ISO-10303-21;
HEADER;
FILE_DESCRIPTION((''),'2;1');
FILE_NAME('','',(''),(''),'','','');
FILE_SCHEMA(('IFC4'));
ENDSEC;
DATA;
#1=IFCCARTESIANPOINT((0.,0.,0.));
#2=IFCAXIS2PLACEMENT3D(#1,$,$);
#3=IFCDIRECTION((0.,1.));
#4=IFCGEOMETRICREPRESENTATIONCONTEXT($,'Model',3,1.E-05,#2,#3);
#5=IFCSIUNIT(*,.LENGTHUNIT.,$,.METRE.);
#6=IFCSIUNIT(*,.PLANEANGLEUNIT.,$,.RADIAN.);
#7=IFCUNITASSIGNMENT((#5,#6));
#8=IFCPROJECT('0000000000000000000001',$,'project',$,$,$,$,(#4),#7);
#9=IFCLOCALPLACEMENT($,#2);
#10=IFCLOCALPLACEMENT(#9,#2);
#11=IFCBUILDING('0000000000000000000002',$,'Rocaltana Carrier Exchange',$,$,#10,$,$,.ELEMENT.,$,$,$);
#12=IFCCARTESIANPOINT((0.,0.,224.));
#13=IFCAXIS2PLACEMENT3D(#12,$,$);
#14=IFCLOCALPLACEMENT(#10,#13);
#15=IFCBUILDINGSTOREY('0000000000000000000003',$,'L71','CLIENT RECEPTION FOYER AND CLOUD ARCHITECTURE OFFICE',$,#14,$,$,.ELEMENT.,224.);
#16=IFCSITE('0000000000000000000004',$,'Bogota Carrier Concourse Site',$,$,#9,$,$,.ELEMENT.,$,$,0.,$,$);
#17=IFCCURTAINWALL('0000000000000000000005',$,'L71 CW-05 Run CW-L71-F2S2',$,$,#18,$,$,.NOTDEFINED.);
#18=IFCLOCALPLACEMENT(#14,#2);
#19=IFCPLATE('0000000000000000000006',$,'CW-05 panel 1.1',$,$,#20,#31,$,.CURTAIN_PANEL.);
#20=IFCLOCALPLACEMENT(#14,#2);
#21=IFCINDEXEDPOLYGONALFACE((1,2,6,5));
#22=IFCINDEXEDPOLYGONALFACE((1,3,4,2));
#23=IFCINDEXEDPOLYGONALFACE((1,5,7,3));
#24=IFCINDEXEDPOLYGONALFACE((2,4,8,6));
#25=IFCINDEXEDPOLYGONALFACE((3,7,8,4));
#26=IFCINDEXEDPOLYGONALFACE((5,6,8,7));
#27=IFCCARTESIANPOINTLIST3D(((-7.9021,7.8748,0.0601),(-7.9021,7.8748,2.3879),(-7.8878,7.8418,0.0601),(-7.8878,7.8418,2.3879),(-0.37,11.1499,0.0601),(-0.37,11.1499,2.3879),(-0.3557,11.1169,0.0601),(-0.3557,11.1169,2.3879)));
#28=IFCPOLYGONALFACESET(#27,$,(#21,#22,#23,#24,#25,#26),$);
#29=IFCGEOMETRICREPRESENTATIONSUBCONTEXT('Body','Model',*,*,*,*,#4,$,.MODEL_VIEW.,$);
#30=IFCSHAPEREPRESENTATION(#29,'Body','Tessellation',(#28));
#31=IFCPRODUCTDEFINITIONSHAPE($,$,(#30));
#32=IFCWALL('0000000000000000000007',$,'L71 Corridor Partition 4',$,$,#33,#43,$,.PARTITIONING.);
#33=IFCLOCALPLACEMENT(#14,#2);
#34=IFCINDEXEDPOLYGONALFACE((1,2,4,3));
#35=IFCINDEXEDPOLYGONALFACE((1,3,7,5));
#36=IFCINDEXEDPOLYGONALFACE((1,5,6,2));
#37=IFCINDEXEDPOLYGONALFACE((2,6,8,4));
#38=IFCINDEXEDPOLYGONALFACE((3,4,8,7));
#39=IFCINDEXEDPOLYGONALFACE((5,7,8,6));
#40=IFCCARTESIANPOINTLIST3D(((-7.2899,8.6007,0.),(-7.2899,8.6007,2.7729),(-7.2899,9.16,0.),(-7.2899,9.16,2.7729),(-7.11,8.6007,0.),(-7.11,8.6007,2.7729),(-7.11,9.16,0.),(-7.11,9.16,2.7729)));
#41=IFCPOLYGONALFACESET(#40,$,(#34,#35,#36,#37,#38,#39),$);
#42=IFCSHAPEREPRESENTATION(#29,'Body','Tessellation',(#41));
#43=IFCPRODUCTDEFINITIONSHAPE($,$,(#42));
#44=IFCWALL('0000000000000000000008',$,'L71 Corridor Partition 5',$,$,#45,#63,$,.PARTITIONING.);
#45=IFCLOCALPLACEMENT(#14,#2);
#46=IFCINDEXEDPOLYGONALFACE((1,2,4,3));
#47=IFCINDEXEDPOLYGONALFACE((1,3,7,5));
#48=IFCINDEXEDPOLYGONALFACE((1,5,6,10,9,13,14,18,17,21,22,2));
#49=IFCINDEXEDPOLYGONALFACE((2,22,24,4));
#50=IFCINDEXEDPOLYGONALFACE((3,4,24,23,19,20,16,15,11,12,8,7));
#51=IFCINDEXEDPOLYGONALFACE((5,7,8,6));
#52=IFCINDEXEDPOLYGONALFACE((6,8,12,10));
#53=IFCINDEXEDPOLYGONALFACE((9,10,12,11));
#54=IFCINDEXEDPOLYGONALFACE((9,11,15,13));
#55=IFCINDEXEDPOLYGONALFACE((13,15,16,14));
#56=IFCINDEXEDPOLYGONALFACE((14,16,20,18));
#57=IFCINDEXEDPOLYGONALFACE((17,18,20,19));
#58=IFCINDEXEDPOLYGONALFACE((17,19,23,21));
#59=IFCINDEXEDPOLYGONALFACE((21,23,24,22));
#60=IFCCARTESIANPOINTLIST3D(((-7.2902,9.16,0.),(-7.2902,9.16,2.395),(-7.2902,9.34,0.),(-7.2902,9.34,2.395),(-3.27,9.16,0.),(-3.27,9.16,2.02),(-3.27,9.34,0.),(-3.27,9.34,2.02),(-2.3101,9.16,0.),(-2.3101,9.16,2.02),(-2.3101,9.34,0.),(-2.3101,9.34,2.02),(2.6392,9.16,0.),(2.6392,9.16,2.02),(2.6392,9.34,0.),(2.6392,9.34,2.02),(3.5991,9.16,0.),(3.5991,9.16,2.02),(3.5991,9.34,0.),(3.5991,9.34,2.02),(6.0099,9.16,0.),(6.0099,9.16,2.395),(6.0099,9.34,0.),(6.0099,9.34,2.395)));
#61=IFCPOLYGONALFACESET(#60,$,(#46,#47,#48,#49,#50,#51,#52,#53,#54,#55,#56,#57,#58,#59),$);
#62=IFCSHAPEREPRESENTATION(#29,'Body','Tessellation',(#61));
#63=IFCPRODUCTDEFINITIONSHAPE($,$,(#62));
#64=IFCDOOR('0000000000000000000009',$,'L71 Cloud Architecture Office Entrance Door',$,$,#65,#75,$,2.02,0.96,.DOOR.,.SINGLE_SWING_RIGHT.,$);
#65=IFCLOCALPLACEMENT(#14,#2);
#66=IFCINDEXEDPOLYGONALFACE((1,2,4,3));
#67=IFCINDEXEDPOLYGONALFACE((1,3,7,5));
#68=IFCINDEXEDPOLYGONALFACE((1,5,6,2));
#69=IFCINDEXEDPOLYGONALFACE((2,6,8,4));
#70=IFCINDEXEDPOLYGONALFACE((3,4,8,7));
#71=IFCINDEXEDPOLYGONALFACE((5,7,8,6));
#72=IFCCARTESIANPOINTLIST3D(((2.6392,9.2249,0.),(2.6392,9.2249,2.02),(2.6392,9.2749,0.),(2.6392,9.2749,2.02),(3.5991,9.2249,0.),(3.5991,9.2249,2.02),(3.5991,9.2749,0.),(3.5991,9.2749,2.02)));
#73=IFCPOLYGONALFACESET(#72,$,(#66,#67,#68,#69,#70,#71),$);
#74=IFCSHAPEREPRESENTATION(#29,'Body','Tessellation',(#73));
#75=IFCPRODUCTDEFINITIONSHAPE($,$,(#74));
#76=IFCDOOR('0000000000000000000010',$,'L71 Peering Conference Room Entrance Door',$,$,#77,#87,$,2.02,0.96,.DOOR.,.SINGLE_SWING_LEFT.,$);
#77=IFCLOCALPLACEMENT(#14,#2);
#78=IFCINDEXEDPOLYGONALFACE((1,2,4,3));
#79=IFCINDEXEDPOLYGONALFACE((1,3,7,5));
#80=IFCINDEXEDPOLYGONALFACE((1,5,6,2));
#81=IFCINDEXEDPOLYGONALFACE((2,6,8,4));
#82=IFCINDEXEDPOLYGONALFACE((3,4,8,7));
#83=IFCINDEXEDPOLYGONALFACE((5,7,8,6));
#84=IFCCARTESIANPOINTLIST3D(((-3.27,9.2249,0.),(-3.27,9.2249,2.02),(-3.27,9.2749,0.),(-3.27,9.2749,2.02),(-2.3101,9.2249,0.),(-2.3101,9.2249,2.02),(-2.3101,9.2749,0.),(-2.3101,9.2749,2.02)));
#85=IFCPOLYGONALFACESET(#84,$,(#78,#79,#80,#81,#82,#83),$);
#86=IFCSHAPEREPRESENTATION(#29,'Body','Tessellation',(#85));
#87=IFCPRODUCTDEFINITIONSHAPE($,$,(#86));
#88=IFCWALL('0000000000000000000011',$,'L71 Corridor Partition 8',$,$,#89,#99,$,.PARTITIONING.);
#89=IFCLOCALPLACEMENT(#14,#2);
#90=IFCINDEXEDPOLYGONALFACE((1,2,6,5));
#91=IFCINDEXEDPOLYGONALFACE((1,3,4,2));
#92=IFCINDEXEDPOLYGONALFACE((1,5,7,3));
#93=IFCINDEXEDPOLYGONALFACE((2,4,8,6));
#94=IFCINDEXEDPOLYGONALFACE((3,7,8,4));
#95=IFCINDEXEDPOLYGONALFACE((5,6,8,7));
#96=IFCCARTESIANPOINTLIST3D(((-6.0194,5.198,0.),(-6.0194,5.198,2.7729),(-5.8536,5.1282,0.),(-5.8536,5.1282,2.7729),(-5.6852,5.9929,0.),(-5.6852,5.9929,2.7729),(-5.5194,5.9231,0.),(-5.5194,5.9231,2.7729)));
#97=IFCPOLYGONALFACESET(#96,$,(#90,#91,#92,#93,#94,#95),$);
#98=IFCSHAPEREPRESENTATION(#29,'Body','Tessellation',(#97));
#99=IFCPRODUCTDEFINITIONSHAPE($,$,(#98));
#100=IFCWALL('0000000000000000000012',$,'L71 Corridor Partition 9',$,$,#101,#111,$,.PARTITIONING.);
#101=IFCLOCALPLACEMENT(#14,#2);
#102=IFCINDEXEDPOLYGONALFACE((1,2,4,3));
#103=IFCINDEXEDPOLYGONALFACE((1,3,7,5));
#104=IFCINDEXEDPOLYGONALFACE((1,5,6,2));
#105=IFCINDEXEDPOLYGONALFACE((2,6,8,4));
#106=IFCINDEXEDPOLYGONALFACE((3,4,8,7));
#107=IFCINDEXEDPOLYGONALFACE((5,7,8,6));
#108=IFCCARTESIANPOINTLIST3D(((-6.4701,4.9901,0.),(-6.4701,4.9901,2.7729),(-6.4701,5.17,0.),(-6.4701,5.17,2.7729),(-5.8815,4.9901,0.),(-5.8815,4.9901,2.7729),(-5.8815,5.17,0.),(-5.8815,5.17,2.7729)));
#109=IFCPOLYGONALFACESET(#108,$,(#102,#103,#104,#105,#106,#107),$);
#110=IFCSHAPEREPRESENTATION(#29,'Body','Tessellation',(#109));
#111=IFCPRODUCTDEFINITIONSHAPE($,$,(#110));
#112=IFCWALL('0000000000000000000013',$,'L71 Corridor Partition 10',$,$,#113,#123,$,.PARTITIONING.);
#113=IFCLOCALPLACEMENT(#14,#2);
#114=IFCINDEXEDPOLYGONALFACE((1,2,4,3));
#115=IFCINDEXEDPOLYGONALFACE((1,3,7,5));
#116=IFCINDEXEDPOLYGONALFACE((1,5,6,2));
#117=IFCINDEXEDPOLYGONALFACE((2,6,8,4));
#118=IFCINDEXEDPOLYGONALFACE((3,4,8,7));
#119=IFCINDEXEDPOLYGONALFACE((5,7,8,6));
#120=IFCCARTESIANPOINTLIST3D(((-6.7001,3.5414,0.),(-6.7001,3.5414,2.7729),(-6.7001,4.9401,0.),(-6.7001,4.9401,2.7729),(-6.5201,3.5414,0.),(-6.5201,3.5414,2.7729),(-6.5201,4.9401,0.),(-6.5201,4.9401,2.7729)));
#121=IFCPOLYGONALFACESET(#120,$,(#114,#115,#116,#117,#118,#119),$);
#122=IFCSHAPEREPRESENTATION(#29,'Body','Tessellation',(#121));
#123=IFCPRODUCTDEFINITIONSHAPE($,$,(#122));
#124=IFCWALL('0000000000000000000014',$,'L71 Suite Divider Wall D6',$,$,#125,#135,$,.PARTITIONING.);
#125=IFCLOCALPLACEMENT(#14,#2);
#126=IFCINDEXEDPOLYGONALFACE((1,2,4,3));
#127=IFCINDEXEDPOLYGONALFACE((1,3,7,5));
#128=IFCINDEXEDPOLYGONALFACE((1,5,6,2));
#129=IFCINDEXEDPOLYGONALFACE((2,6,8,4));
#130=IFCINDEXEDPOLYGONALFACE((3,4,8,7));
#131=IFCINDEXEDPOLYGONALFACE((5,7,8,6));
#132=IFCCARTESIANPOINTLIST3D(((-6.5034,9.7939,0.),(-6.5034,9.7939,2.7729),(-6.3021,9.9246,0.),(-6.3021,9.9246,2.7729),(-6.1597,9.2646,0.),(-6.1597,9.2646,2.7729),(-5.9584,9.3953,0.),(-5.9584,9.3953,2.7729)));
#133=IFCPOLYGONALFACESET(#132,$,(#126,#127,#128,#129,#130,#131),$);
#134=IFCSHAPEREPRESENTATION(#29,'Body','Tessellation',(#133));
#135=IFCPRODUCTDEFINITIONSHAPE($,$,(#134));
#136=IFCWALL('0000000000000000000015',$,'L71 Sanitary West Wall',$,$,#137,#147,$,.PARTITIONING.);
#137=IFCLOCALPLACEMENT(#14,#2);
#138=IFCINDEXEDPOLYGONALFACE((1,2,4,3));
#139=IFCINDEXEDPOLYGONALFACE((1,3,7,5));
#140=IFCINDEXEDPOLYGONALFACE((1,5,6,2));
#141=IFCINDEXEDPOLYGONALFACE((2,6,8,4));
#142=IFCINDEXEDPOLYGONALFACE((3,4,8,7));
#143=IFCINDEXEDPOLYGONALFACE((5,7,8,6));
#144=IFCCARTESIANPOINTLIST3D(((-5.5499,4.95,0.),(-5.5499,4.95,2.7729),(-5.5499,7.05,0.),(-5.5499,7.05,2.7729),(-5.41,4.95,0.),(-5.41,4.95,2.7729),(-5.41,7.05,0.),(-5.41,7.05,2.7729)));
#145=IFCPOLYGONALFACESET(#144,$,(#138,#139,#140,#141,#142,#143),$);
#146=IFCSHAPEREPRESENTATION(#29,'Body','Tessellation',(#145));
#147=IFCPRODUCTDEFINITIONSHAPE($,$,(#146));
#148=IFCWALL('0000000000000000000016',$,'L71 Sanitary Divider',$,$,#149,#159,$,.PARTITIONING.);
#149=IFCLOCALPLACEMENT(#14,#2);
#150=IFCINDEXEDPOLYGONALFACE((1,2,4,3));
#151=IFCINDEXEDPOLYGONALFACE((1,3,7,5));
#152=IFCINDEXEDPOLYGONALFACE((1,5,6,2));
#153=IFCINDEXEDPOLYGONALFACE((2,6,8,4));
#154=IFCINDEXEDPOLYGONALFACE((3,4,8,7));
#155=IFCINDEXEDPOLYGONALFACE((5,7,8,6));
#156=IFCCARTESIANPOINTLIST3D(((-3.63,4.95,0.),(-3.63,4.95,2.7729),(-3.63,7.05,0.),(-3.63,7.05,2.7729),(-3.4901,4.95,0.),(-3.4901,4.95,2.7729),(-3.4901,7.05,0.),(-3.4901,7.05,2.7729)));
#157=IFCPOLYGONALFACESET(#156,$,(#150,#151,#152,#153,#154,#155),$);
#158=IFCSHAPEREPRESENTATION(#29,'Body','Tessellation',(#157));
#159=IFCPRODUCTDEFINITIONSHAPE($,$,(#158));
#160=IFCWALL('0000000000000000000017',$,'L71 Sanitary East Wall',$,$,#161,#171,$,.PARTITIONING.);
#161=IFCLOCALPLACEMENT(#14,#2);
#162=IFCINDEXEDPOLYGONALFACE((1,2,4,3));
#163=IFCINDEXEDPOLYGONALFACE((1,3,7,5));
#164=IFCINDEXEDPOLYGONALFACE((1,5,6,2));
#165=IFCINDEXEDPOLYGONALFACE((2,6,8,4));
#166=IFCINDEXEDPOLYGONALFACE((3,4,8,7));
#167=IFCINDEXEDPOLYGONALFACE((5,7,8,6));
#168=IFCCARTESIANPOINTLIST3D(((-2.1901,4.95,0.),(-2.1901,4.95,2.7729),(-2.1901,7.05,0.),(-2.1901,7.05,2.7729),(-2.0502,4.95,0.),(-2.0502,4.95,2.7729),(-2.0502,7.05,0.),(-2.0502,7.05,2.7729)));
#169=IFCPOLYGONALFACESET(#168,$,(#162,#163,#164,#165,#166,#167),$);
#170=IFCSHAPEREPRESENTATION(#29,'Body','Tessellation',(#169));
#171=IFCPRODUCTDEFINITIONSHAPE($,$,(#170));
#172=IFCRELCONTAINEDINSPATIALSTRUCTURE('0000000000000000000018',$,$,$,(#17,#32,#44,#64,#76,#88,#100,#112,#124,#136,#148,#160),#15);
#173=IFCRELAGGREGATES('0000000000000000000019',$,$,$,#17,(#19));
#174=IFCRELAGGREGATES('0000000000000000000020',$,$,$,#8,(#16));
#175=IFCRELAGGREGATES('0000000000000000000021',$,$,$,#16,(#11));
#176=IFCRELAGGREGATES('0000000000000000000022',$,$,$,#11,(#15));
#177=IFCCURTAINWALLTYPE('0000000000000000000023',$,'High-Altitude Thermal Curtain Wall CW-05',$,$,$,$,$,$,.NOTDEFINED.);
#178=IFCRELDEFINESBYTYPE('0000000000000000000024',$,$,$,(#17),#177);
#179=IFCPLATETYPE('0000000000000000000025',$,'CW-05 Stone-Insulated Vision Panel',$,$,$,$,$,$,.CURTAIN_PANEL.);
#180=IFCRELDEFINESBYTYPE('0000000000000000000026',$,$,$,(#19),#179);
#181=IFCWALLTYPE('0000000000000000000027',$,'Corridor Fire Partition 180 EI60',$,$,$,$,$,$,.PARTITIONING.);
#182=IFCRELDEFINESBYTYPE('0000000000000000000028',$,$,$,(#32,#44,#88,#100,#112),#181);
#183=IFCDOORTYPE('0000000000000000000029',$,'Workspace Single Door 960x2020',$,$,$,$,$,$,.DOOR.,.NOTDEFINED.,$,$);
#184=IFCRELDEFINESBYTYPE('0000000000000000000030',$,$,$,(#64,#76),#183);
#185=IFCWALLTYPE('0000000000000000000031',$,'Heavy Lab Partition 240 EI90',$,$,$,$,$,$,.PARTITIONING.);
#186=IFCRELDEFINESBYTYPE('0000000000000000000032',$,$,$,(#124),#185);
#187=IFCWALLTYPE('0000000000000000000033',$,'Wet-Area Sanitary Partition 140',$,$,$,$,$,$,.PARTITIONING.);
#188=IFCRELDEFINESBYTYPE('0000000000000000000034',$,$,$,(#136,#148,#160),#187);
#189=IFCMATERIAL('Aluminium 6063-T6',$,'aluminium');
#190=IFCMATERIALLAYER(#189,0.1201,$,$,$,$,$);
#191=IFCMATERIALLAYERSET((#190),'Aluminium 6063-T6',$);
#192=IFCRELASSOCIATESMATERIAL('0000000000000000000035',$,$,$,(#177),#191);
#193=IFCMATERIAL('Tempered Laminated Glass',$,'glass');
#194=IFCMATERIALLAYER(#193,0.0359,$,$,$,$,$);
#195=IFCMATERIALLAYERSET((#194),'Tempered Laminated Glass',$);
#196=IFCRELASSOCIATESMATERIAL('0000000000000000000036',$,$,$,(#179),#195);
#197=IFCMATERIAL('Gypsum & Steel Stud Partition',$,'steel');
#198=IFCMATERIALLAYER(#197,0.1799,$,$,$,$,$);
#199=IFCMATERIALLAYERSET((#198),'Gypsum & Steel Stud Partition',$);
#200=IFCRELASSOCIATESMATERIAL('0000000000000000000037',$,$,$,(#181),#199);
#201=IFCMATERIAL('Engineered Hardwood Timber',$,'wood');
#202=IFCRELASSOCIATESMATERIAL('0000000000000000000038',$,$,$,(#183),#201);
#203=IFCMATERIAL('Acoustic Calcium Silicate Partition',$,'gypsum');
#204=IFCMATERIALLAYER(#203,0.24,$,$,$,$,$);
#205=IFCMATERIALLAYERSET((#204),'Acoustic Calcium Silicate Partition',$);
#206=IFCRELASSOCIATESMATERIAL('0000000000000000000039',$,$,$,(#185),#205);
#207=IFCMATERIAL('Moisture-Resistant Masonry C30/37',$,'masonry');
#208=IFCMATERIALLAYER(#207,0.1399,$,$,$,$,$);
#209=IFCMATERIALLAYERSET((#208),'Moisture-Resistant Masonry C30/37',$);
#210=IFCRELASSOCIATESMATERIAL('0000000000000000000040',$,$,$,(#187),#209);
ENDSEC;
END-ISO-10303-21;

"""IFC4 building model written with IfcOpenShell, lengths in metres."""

from ifc_helpers import new_model, si_unit, direction, frame, frame_2d, origin, origin_2d, place, context, subcontext, project, spatial, rectangle, extrude, material, layer, layer_set, type_object, element, fill, aggregate, save


model = new_model("IFC4")

# Units and contexts
model_context = context("Model", 3, precision=1e-05, world=origin(), true_north=direction((0.0, 1.0)))
body_context = subcontext(model_context, "Body", "Model", "MODEL_VIEW")
ifc_project = project(units=[si_unit("LENGTHUNIT", "METRE"), si_unit("PLANEANGLEUNIT", "RADIAN")], contexts=[model_context])

# Site, building, storey
site_placement = place(None, origin())
site = spatial("IfcSite", under=ifc_project, at=site_placement, Name="Bogota Carrier Concourse Site", CompositionType="ELEMENT", RefElevation=0.0)
building_placement = place(site_placement, origin())
building = spatial("IfcBuilding", under=site, at=building_placement, Name="Rocaltana Carrier Exchange", CompositionType="ELEMENT")
storey_placement = place(building_placement, frame((0.0, 0.0, 224.0)))
storey = spatial("IfcBuildingStorey", under=building, at=storey_placement, Name="L71", Description="CLIENT RECEPTION FOYER AND CLOUD ARCHITECTURE OFFICE", CompositionType="ELEMENT", Elevation=224.0)

# Curtain wall, plate
ifc_material_1 = material(Name="Aluminium 6063-T6", Category="aluminium")
ifc_layer_1 = layer(ifc_material_1, 0.1201)
ifc_layer_set_1 = layer_set([ifc_layer_1], Name="Aluminium 6063-T6")
curtain_wall_type = type_object("IfcCurtainWallType", Name="High-Altitude Thermal Curtain Wall CW-05", PredefinedType="NOTDEFINED", material=ifc_layer_set_1)
curtain_wall_placement = place(storey_placement, origin())
curtain_wall = element("IfcCurtainWall", 1, at=curtain_wall_placement, inside=storey, type_object=curtain_wall_type, Name="L71 CW-05 Run CW-L71-F2S2", PredefinedType="NOTDEFINED")
ifc_material_2 = material(Name="Tempered Laminated Glass", Category="glass")
ifc_layer_2 = layer(ifc_material_2, 0.0359)
ifc_layer_set_2 = layer_set([ifc_layer_2], Name="Tempered Laminated Glass")
plate_type = type_object("IfcPlateType", Name="CW-05 Stone-Insulated Vision Panel", PredefinedType="CURTAIN_PANEL", material=ifc_layer_set_2)
plate_placement = place(storey_placement, frame((-4.1289, 9.4958, 0.0601), z_axis=(0.0, 0.0, 1.0), x_axis=(-0.917059, -0.398752, 0.0)))
plate = element("IfcPlate", 2, at=plate_placement, type_object=plate_type, Name="CW-05 panel 1.1", PredefinedType="CURTAIN_PANEL", context=body_context, shape_type="SweptSolid", body=[
    extrude(rectangle(XDim=8.2134, YDim=0.0359, at=origin_2d()), origin(), (0.0, 0.0, 1.0), 2.3279),
])
aggregate(curtain_wall, [plate])

# Wall
ifc_material_3 = material(Name="Gypsum & Steel Stud Partition", Category="steel")
ifc_layer_3 = layer(ifc_material_3, 0.1799)
ifc_layer_set_3 = layer_set([ifc_layer_3], Name="Gypsum & Steel Stud Partition")
wall_type_1 = type_object("IfcWallType", Name="Corridor Fire Partition 180 EI60", PredefinedType="PARTITIONING", material=ifc_layer_set_3)
wall_1_placement = place(storey_placement, frame((-7.2, 8.6006, 0.0), z_axis=(0.0, 0.0, 1.0), x_axis=(0.0, 1.0, 0.0)))
element("IfcWall", 3, at=wall_1_placement, inside=storey, type_object=wall_type_1, Name="L71 Corridor Partition 4", PredefinedType="PARTITIONING", context=body_context, shape_type="SweptSolid", body=[
    extrude(rectangle(XDim=0.5593, YDim=0.1799, at=frame_2d((0.2798, 0.0))), origin(), (0.0, 0.0, 1.0), 2.7729),
])

# Wall, openings, doors
wall_2_placement = place(storey_placement, frame((-7.29, 9.25, 0.0), z_axis=(0.0, 0.0, 1.0), x_axis=(1.0, 0.0, 0.0)))
wall_2 = element("IfcWall", 4, at=wall_2_placement, inside=storey, type_object=wall_type_1, Name="L71 Corridor Partition 5", PredefinedType="PARTITIONING", context=body_context, shape_type="SweptSolid", body=[
    extrude(rectangle(XDim=13.3, YDim=0.1799, at=frame_2d((6.6499, 0.0))), origin(), (0.0, 0.0, 1.0), 2.395),
])
opening_1_placement = place(wall_2_placement, frame((9.9292, 0.0, 0.0)))
opening_1 = element("IfcOpeningElement", 5, at=opening_1_placement, cuts=wall_2, PredefinedType="OPENING", context=body_context, shape_type="SweptSolid", body=[
    extrude(rectangle(XDim=0.96, YDim=2.02, at=frame_2d((0.48, 1.01))), frame((0.0, 0.0999, 0.0), z_axis=(0.0, -1.0, 0.0), x_axis=(1.0, 0.0, 0.0)), (0.0, 0.0, 1.0), 0.2),
])
opening_2_placement = place(wall_2_placement, frame((4.02, 0.0, 0.0)))
opening_2 = element("IfcOpeningElement", 6, at=opening_2_placement, cuts=wall_2, PredefinedType="OPENING", context=body_context, shape_type="SweptSolid", body=[
    extrude(rectangle(XDim=0.96, YDim=2.02, at=frame_2d((0.48, 1.01))), frame((0.0, 0.0999, 0.0), z_axis=(0.0, -1.0, 0.0), x_axis=(1.0, 0.0, 0.0)), (0.0, 0.0, 1.0), 0.2),
])
ifc_material_4 = material(Name="Engineered Hardwood Timber", Category="wood")
door_type_1 = type_object("IfcDoorType", Name="Workspace Single Door 960x2020", OperationType="NOTDEFINED", PredefinedType="DOOR", material=ifc_material_4)
door_1_placement = place(opening_1_placement, origin())
door_1 = element("IfcDoor", 7, at=door_1_placement, inside=storey, type_object=door_type_1, Name="L71 Cloud Architecture Office Entrance Door", OperationType="SINGLE_SWING_RIGHT", OverallHeight=2.02, OverallWidth=0.96, PredefinedType="DOOR", context=body_context, shape_type="SweptSolid", body=[
    extrude(rectangle(XDim=0.96, YDim=2.02, at=frame_2d((0.48, 1.01))), frame((0.0, 0.0249, 0.0), z_axis=(0.0, -1.0, 0.0), x_axis=(1.0, 0.0, 0.0)), (0.0, 0.0, 1.0), 0.05),
])
fill(opening_1, door_1)
door_2_placement = place(opening_2_placement, origin())
door_2 = element("IfcDoor", 8, at=door_2_placement, inside=storey, type_object=door_type_1, Name="L71 Peering Conference Room Entrance Door", OperationType="SINGLE_SWING_LEFT", OverallHeight=2.02, OverallWidth=0.96, PredefinedType="DOOR", context=body_context, shape_type="SweptSolid", body=[
    extrude(rectangle(XDim=0.96, YDim=2.02, at=frame_2d((0.48, 1.01))), frame((0.0, 0.0249, 0.0), z_axis=(0.0, -1.0, 0.0), x_axis=(1.0, 0.0, 0.0)), (0.0, 0.0, 1.0), 0.05),
])
fill(opening_2, door_2)

# Walls
wall_3_placement = place(storey_placement, frame((-5.6023, 5.958, 0.0), z_axis=(0.0, 0.0, 1.0), x_axis=(-0.387589, -0.921832, 0.0)))
element("IfcWall", 9, at=wall_3_placement, inside=storey, type_object=wall_type_1, Name="L71 Corridor Partition 8", PredefinedType="PARTITIONING", context=body_context, shape_type="SweptSolid", body=[
    extrude(rectangle(XDim=0.8623, YDim=0.1799, at=frame_2d((0.4312, 0.0))), origin(), (0.0, 0.0, 1.0), 2.7729),
])
wall_4_placement = place(storey_placement, frame((-5.8813, 5.0801, 0.0), z_axis=(0.0, 0.0, 1.0), x_axis=(-1.0, 0.0, 0.0)))
element("IfcWall", 10, at=wall_4_placement, inside=storey, type_object=wall_type_1, Name="L71 Corridor Partition 9", PredefinedType="PARTITIONING", context=body_context, shape_type="SweptSolid", body=[
    extrude(rectangle(XDim=0.5886, YDim=0.1799, at=frame_2d((0.2944, 0.0))), origin(), (0.0, 0.0, 1.0), 2.7729),
])
wall_5_placement = place(storey_placement, frame((-6.6101, 4.9399, 0.0), z_axis=(0.0, 0.0, 1.0), x_axis=(0.0, -1.0, 0.0)))
element("IfcWall", 11, at=wall_5_placement, inside=storey, type_object=wall_type_1, Name="L71 Corridor Partition 10", PredefinedType="PARTITIONING", context=body_context, shape_type="SweptSolid", body=[
    extrude(rectangle(XDim=1.3987, YDim=0.1799, at=frame_2d((0.6992, 0.0))), origin(), (0.0, 0.0, 1.0), 2.7729),
])
ifc_material_5 = material(Name="Acoustic Calcium Silicate Partition", Category="gypsum")
ifc_layer_4 = layer(ifc_material_5, 0.24)
ifc_layer_set_4 = layer_set([ifc_layer_4], Name="Acoustic Calcium Silicate Partition")
wall_type_2 = type_object("IfcWallType", Name="Heavy Lab Partition 240 EI90", PredefinedType="PARTITIONING", material=ifc_layer_set_4)
wall_6_placement = place(storey_placement, frame((-6.0591, 9.3301, 0.0), z_axis=(0.0, 0.0, 1.0), x_axis=(-0.544662, 0.838656, 0.0)))
element("IfcWall", 12, at=wall_6_placement, inside=storey, type_object=wall_type_2, Name="L71 Suite Divider Wall D6", PredefinedType="PARTITIONING", context=body_context, shape_type="SweptSolid", body=[
    extrude(rectangle(XDim=0.6311, YDim=0.24, at=frame_2d((0.3154, 0.0))), origin(), (0.0, 0.0, 1.0), 2.7729),
])
ifc_material_6 = material(Name="Moisture-Resistant Masonry C30/37", Category="masonry")
ifc_layer_5 = layer(ifc_material_6, 0.1399)
ifc_layer_set_5 = layer_set([ifc_layer_5], Name="Moisture-Resistant Masonry C30/37")
wall_type_3 = type_object("IfcWallType", Name="Wet-Area Sanitary Partition 140", PredefinedType="PARTITIONING", material=ifc_layer_set_5)
for number, where, z_axis, x_axis, name in (
    (13, (-5.48, 4.95, 0.0), (0.0, 0.0, 1.0), (0.0, 1.0, 0.0), "L71 Sanitary West Wall"),
    (14, (-3.5601, 4.95, 0.0), (0.0, 0.0, 1.0), (0.0, 1.0, 0.0), "L71 Sanitary Divider"),
    (15, (-2.1201, 4.95, 0.0), (0.0, 0.0, 1.0), (0.0, 1.0, 0.0), "L71 Sanitary East Wall"),
):
    element("IfcWall", number, at=place(storey_placement, frame(where, z_axis=z_axis, x_axis=x_axis)), inside=storey, type_object=wall_type_3, Name=name, PredefinedType="PARTITIONING", context=body_context, shape_type="SweptSolid", body=[
        extrude(rectangle(XDim=2.1001, YDim=0.1399, at=frame_2d((1.05, 0.0))), origin(), (0.0, 0.0, 1.0), 2.7729),
    ])

save(model, "model.ifc")
